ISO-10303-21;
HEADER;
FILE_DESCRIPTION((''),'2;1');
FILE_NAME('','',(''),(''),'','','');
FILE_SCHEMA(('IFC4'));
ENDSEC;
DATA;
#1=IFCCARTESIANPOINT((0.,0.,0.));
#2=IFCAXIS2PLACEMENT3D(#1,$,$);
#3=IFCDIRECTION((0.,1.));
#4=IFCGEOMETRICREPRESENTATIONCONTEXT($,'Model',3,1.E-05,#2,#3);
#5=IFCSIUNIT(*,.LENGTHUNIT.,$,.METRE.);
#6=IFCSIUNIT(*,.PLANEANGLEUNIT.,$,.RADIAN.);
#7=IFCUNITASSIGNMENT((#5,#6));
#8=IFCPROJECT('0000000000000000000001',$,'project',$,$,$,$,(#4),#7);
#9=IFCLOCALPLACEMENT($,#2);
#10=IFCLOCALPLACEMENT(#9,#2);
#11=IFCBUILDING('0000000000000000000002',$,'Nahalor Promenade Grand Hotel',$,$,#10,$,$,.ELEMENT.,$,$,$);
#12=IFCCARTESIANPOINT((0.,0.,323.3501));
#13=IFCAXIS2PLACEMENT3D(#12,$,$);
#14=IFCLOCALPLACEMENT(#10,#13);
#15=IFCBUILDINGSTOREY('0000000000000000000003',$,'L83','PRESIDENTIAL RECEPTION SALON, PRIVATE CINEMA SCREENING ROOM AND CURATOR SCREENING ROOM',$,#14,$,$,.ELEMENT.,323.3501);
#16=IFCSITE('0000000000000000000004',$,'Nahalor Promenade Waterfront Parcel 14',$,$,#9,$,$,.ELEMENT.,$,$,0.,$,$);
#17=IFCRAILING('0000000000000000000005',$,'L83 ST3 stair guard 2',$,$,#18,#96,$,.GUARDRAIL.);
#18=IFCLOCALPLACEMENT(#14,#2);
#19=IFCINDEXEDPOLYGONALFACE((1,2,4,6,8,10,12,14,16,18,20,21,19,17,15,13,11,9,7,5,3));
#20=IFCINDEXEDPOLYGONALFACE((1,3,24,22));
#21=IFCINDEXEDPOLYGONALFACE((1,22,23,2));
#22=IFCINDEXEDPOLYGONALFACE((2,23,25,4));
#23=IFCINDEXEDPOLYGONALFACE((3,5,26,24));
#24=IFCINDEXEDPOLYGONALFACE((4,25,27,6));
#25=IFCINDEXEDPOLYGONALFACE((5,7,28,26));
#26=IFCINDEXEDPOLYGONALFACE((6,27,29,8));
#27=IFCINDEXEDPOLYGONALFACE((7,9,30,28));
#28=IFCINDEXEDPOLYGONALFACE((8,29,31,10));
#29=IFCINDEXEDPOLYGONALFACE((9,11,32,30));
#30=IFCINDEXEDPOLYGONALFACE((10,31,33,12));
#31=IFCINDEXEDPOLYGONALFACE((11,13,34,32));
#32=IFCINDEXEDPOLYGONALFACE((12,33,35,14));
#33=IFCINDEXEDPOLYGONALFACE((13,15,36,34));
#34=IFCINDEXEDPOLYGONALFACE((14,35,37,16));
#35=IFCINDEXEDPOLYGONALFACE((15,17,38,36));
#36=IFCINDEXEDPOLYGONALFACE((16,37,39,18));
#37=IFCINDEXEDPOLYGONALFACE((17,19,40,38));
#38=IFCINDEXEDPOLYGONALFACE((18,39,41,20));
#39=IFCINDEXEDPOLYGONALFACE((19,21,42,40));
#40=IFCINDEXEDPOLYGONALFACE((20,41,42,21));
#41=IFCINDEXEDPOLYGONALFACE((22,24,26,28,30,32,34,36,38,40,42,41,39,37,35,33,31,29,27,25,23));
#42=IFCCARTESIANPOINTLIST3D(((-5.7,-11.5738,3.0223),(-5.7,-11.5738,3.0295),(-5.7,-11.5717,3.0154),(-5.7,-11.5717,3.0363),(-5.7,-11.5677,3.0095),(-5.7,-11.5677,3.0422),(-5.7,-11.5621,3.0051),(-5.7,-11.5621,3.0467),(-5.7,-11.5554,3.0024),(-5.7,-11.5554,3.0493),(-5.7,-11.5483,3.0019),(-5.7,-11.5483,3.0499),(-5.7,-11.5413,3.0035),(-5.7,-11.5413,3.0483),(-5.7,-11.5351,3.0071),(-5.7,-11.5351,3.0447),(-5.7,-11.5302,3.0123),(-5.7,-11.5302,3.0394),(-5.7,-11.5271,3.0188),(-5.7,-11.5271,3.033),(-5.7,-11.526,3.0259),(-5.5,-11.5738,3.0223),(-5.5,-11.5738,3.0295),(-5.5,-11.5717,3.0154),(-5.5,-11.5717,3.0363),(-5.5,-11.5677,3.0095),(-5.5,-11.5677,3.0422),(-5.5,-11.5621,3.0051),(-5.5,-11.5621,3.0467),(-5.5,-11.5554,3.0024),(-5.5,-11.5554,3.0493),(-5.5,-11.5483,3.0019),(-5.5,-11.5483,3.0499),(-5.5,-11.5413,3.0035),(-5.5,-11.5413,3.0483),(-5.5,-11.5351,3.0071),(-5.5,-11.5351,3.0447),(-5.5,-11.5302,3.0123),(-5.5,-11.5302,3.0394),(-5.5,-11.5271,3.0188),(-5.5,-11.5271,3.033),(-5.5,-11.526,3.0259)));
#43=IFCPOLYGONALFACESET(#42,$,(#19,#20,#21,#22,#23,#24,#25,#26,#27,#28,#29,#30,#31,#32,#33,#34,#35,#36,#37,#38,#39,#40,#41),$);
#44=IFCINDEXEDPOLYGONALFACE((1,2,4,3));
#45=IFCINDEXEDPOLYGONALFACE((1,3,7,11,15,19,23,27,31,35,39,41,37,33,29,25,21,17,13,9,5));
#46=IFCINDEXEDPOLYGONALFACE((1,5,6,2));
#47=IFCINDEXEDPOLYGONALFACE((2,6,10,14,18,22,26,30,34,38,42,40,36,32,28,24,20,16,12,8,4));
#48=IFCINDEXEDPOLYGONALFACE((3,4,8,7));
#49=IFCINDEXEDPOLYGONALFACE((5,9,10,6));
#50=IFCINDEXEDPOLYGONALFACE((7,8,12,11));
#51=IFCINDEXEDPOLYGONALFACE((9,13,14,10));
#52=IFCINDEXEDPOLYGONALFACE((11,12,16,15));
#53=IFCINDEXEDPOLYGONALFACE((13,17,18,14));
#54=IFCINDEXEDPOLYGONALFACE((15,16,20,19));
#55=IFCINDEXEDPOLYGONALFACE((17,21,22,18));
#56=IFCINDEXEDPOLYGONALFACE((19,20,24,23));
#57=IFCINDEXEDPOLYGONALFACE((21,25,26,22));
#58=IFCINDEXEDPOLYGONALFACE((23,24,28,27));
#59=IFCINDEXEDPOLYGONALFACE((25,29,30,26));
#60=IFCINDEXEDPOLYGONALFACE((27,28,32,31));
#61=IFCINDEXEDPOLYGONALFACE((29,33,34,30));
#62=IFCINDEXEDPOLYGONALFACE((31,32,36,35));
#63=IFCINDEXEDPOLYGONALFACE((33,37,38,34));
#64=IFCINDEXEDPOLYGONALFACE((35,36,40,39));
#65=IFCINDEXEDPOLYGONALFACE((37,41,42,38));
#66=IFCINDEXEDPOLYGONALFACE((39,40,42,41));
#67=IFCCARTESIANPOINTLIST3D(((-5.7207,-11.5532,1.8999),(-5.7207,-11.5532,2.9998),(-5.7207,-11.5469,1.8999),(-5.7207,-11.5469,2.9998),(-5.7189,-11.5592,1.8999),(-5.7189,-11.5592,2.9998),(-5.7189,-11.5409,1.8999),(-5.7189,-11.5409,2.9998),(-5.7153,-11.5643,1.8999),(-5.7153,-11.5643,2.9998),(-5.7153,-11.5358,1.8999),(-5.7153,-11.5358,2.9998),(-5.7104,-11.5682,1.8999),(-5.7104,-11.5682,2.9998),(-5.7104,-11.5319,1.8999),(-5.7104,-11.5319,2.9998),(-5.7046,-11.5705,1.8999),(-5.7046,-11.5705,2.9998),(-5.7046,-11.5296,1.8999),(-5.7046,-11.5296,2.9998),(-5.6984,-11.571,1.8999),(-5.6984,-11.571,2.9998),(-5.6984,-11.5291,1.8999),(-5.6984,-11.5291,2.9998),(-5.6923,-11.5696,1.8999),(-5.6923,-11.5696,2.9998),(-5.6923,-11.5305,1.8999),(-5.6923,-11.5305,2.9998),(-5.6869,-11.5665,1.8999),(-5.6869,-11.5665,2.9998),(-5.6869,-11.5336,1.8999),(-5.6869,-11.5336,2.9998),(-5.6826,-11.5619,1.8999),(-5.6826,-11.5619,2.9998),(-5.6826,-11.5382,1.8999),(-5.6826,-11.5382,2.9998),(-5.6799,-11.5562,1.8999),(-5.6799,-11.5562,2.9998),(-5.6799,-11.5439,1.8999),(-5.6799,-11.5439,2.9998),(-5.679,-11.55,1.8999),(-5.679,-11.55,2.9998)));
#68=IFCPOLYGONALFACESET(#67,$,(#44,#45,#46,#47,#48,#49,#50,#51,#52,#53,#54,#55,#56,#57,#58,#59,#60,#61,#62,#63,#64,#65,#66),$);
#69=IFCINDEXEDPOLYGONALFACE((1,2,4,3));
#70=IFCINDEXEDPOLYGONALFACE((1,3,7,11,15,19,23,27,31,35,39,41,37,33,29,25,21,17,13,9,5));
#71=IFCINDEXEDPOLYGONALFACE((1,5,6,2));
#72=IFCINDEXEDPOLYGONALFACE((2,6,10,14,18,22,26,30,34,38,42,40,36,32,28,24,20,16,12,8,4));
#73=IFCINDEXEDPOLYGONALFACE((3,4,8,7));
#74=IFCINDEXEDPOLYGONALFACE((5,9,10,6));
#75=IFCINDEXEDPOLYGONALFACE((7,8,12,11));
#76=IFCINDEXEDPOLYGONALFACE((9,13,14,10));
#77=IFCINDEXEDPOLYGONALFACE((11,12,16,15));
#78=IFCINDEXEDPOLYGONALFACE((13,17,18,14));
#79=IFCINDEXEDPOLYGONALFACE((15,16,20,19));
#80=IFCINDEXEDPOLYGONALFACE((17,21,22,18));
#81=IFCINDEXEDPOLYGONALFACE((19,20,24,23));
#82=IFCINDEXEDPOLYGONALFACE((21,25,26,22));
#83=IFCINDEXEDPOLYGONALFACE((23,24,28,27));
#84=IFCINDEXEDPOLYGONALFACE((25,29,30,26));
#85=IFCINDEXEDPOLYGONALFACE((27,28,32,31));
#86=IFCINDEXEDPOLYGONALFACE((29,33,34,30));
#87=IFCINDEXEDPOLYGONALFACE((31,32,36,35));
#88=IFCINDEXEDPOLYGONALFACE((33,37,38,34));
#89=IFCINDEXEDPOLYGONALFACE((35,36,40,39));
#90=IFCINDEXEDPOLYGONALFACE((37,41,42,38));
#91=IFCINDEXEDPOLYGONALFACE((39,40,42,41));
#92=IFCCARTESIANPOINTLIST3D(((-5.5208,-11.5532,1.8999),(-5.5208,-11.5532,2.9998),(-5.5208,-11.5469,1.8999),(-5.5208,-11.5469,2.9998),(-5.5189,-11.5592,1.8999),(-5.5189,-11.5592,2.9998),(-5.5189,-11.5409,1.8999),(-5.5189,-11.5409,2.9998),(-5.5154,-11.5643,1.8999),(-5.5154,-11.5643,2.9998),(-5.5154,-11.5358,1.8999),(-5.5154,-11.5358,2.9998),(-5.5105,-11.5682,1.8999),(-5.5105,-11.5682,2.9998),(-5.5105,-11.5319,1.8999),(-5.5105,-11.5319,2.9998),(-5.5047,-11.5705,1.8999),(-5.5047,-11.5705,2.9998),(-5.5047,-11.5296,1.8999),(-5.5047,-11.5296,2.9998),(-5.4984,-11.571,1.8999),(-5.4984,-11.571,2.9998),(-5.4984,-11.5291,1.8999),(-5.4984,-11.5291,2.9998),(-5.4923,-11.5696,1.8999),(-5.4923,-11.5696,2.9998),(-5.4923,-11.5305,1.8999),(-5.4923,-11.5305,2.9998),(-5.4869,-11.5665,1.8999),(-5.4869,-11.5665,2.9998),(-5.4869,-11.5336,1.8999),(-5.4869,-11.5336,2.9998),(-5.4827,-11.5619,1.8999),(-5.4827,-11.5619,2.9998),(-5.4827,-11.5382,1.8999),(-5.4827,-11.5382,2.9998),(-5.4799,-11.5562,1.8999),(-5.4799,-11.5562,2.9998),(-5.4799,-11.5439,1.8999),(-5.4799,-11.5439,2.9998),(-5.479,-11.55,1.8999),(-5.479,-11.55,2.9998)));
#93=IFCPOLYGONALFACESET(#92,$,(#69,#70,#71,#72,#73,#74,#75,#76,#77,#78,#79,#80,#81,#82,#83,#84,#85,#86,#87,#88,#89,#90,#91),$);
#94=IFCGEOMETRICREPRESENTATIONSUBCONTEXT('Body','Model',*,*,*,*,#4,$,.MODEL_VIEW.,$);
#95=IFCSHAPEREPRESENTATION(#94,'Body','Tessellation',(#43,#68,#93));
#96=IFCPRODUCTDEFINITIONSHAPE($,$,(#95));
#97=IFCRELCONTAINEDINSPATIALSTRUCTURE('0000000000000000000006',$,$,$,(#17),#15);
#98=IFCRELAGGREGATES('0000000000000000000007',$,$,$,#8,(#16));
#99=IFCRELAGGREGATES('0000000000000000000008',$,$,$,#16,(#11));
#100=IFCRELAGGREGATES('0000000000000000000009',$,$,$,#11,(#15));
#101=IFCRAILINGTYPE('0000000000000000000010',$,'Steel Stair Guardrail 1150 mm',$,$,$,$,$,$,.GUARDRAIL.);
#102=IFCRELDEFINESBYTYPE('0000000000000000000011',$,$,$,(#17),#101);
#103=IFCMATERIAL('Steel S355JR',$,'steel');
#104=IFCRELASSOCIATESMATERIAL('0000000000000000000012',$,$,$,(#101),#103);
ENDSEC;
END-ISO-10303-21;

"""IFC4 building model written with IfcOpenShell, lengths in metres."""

from ifc_helpers import new_model, si_unit, direction, frame, origin, origin_2d, place, context, subcontext, project, spatial, circle, extrude, material, type_object, element, save


model = new_model("IFC4")

# Units and contexts
model_context = context("Model", 3, precision=1e-05, world=origin(), true_north=direction((0.0, 1.0)))
body_context = subcontext(model_context, "Body", "Model", "MODEL_VIEW")
ifc_project = project(units=[si_unit("LENGTHUNIT", "METRE"), si_unit("PLANEANGLEUNIT", "RADIAN")], contexts=[model_context])

# Site, building, storey
site_placement = place(None, origin())
site = spatial("IfcSite", under=ifc_project, at=site_placement, Name="Nahalor Promenade Waterfront Parcel 14", CompositionType="ELEMENT", RefElevation=0.0)
building_placement = place(site_placement, origin())
building = spatial("IfcBuilding", under=site, at=building_placement, Name="Nahalor Promenade Grand Hotel", CompositionType="ELEMENT")
storey_placement = place(building_placement, frame((0.0, 0.0, 323.3501)))
storey = spatial("IfcBuildingStorey", under=building, at=storey_placement, Name="L83", Description="PRESIDENTIAL RECEPTION SALON, PRIVATE CINEMA SCREENING ROOM AND CURATOR SCREENING ROOM", CompositionType="ELEMENT", Elevation=323.3501)

# Shared definitions
ifc_material_1 = material(Name="Steel S355JR", Category="steel")

# Railing
railing_type_1 = type_object("IfcRailingType", Name="Steel Stair Guardrail 1150 mm", PredefinedType="GUARDRAIL", material=ifc_material_1)
railing_1_placement = place(storey_placement, frame((-5.7, -11.55, 1.8999)))
element("IfcRailing", 1, at=railing_1_placement, inside=storey, type_object=railing_type_1, Name="L83 ST3 stair guard 2", PredefinedType="GUARDRAIL", context=body_context, shape_type="SweptSolid", body=[
    extrude(circle(Radius=0.024, at=origin_2d()), frame((0.0, 0.0, 1.126), z_axis=(1.0, 0.0, 0.0), x_axis=(0.0, 1.0, 0.0)), (0.0, 0.0, 1.0), 0.2),
    extrude(circle(Radius=0.021, at=origin_2d()), origin(), (0.0, 0.0, 1.0), 1.0999),
    extrude(circle(Radius=0.021, at=origin_2d()), frame((0.2, 0.0, 0.0)), (0.0, 0.0, 1.0), 1.0999),
])

save(model, "model.ifc")
